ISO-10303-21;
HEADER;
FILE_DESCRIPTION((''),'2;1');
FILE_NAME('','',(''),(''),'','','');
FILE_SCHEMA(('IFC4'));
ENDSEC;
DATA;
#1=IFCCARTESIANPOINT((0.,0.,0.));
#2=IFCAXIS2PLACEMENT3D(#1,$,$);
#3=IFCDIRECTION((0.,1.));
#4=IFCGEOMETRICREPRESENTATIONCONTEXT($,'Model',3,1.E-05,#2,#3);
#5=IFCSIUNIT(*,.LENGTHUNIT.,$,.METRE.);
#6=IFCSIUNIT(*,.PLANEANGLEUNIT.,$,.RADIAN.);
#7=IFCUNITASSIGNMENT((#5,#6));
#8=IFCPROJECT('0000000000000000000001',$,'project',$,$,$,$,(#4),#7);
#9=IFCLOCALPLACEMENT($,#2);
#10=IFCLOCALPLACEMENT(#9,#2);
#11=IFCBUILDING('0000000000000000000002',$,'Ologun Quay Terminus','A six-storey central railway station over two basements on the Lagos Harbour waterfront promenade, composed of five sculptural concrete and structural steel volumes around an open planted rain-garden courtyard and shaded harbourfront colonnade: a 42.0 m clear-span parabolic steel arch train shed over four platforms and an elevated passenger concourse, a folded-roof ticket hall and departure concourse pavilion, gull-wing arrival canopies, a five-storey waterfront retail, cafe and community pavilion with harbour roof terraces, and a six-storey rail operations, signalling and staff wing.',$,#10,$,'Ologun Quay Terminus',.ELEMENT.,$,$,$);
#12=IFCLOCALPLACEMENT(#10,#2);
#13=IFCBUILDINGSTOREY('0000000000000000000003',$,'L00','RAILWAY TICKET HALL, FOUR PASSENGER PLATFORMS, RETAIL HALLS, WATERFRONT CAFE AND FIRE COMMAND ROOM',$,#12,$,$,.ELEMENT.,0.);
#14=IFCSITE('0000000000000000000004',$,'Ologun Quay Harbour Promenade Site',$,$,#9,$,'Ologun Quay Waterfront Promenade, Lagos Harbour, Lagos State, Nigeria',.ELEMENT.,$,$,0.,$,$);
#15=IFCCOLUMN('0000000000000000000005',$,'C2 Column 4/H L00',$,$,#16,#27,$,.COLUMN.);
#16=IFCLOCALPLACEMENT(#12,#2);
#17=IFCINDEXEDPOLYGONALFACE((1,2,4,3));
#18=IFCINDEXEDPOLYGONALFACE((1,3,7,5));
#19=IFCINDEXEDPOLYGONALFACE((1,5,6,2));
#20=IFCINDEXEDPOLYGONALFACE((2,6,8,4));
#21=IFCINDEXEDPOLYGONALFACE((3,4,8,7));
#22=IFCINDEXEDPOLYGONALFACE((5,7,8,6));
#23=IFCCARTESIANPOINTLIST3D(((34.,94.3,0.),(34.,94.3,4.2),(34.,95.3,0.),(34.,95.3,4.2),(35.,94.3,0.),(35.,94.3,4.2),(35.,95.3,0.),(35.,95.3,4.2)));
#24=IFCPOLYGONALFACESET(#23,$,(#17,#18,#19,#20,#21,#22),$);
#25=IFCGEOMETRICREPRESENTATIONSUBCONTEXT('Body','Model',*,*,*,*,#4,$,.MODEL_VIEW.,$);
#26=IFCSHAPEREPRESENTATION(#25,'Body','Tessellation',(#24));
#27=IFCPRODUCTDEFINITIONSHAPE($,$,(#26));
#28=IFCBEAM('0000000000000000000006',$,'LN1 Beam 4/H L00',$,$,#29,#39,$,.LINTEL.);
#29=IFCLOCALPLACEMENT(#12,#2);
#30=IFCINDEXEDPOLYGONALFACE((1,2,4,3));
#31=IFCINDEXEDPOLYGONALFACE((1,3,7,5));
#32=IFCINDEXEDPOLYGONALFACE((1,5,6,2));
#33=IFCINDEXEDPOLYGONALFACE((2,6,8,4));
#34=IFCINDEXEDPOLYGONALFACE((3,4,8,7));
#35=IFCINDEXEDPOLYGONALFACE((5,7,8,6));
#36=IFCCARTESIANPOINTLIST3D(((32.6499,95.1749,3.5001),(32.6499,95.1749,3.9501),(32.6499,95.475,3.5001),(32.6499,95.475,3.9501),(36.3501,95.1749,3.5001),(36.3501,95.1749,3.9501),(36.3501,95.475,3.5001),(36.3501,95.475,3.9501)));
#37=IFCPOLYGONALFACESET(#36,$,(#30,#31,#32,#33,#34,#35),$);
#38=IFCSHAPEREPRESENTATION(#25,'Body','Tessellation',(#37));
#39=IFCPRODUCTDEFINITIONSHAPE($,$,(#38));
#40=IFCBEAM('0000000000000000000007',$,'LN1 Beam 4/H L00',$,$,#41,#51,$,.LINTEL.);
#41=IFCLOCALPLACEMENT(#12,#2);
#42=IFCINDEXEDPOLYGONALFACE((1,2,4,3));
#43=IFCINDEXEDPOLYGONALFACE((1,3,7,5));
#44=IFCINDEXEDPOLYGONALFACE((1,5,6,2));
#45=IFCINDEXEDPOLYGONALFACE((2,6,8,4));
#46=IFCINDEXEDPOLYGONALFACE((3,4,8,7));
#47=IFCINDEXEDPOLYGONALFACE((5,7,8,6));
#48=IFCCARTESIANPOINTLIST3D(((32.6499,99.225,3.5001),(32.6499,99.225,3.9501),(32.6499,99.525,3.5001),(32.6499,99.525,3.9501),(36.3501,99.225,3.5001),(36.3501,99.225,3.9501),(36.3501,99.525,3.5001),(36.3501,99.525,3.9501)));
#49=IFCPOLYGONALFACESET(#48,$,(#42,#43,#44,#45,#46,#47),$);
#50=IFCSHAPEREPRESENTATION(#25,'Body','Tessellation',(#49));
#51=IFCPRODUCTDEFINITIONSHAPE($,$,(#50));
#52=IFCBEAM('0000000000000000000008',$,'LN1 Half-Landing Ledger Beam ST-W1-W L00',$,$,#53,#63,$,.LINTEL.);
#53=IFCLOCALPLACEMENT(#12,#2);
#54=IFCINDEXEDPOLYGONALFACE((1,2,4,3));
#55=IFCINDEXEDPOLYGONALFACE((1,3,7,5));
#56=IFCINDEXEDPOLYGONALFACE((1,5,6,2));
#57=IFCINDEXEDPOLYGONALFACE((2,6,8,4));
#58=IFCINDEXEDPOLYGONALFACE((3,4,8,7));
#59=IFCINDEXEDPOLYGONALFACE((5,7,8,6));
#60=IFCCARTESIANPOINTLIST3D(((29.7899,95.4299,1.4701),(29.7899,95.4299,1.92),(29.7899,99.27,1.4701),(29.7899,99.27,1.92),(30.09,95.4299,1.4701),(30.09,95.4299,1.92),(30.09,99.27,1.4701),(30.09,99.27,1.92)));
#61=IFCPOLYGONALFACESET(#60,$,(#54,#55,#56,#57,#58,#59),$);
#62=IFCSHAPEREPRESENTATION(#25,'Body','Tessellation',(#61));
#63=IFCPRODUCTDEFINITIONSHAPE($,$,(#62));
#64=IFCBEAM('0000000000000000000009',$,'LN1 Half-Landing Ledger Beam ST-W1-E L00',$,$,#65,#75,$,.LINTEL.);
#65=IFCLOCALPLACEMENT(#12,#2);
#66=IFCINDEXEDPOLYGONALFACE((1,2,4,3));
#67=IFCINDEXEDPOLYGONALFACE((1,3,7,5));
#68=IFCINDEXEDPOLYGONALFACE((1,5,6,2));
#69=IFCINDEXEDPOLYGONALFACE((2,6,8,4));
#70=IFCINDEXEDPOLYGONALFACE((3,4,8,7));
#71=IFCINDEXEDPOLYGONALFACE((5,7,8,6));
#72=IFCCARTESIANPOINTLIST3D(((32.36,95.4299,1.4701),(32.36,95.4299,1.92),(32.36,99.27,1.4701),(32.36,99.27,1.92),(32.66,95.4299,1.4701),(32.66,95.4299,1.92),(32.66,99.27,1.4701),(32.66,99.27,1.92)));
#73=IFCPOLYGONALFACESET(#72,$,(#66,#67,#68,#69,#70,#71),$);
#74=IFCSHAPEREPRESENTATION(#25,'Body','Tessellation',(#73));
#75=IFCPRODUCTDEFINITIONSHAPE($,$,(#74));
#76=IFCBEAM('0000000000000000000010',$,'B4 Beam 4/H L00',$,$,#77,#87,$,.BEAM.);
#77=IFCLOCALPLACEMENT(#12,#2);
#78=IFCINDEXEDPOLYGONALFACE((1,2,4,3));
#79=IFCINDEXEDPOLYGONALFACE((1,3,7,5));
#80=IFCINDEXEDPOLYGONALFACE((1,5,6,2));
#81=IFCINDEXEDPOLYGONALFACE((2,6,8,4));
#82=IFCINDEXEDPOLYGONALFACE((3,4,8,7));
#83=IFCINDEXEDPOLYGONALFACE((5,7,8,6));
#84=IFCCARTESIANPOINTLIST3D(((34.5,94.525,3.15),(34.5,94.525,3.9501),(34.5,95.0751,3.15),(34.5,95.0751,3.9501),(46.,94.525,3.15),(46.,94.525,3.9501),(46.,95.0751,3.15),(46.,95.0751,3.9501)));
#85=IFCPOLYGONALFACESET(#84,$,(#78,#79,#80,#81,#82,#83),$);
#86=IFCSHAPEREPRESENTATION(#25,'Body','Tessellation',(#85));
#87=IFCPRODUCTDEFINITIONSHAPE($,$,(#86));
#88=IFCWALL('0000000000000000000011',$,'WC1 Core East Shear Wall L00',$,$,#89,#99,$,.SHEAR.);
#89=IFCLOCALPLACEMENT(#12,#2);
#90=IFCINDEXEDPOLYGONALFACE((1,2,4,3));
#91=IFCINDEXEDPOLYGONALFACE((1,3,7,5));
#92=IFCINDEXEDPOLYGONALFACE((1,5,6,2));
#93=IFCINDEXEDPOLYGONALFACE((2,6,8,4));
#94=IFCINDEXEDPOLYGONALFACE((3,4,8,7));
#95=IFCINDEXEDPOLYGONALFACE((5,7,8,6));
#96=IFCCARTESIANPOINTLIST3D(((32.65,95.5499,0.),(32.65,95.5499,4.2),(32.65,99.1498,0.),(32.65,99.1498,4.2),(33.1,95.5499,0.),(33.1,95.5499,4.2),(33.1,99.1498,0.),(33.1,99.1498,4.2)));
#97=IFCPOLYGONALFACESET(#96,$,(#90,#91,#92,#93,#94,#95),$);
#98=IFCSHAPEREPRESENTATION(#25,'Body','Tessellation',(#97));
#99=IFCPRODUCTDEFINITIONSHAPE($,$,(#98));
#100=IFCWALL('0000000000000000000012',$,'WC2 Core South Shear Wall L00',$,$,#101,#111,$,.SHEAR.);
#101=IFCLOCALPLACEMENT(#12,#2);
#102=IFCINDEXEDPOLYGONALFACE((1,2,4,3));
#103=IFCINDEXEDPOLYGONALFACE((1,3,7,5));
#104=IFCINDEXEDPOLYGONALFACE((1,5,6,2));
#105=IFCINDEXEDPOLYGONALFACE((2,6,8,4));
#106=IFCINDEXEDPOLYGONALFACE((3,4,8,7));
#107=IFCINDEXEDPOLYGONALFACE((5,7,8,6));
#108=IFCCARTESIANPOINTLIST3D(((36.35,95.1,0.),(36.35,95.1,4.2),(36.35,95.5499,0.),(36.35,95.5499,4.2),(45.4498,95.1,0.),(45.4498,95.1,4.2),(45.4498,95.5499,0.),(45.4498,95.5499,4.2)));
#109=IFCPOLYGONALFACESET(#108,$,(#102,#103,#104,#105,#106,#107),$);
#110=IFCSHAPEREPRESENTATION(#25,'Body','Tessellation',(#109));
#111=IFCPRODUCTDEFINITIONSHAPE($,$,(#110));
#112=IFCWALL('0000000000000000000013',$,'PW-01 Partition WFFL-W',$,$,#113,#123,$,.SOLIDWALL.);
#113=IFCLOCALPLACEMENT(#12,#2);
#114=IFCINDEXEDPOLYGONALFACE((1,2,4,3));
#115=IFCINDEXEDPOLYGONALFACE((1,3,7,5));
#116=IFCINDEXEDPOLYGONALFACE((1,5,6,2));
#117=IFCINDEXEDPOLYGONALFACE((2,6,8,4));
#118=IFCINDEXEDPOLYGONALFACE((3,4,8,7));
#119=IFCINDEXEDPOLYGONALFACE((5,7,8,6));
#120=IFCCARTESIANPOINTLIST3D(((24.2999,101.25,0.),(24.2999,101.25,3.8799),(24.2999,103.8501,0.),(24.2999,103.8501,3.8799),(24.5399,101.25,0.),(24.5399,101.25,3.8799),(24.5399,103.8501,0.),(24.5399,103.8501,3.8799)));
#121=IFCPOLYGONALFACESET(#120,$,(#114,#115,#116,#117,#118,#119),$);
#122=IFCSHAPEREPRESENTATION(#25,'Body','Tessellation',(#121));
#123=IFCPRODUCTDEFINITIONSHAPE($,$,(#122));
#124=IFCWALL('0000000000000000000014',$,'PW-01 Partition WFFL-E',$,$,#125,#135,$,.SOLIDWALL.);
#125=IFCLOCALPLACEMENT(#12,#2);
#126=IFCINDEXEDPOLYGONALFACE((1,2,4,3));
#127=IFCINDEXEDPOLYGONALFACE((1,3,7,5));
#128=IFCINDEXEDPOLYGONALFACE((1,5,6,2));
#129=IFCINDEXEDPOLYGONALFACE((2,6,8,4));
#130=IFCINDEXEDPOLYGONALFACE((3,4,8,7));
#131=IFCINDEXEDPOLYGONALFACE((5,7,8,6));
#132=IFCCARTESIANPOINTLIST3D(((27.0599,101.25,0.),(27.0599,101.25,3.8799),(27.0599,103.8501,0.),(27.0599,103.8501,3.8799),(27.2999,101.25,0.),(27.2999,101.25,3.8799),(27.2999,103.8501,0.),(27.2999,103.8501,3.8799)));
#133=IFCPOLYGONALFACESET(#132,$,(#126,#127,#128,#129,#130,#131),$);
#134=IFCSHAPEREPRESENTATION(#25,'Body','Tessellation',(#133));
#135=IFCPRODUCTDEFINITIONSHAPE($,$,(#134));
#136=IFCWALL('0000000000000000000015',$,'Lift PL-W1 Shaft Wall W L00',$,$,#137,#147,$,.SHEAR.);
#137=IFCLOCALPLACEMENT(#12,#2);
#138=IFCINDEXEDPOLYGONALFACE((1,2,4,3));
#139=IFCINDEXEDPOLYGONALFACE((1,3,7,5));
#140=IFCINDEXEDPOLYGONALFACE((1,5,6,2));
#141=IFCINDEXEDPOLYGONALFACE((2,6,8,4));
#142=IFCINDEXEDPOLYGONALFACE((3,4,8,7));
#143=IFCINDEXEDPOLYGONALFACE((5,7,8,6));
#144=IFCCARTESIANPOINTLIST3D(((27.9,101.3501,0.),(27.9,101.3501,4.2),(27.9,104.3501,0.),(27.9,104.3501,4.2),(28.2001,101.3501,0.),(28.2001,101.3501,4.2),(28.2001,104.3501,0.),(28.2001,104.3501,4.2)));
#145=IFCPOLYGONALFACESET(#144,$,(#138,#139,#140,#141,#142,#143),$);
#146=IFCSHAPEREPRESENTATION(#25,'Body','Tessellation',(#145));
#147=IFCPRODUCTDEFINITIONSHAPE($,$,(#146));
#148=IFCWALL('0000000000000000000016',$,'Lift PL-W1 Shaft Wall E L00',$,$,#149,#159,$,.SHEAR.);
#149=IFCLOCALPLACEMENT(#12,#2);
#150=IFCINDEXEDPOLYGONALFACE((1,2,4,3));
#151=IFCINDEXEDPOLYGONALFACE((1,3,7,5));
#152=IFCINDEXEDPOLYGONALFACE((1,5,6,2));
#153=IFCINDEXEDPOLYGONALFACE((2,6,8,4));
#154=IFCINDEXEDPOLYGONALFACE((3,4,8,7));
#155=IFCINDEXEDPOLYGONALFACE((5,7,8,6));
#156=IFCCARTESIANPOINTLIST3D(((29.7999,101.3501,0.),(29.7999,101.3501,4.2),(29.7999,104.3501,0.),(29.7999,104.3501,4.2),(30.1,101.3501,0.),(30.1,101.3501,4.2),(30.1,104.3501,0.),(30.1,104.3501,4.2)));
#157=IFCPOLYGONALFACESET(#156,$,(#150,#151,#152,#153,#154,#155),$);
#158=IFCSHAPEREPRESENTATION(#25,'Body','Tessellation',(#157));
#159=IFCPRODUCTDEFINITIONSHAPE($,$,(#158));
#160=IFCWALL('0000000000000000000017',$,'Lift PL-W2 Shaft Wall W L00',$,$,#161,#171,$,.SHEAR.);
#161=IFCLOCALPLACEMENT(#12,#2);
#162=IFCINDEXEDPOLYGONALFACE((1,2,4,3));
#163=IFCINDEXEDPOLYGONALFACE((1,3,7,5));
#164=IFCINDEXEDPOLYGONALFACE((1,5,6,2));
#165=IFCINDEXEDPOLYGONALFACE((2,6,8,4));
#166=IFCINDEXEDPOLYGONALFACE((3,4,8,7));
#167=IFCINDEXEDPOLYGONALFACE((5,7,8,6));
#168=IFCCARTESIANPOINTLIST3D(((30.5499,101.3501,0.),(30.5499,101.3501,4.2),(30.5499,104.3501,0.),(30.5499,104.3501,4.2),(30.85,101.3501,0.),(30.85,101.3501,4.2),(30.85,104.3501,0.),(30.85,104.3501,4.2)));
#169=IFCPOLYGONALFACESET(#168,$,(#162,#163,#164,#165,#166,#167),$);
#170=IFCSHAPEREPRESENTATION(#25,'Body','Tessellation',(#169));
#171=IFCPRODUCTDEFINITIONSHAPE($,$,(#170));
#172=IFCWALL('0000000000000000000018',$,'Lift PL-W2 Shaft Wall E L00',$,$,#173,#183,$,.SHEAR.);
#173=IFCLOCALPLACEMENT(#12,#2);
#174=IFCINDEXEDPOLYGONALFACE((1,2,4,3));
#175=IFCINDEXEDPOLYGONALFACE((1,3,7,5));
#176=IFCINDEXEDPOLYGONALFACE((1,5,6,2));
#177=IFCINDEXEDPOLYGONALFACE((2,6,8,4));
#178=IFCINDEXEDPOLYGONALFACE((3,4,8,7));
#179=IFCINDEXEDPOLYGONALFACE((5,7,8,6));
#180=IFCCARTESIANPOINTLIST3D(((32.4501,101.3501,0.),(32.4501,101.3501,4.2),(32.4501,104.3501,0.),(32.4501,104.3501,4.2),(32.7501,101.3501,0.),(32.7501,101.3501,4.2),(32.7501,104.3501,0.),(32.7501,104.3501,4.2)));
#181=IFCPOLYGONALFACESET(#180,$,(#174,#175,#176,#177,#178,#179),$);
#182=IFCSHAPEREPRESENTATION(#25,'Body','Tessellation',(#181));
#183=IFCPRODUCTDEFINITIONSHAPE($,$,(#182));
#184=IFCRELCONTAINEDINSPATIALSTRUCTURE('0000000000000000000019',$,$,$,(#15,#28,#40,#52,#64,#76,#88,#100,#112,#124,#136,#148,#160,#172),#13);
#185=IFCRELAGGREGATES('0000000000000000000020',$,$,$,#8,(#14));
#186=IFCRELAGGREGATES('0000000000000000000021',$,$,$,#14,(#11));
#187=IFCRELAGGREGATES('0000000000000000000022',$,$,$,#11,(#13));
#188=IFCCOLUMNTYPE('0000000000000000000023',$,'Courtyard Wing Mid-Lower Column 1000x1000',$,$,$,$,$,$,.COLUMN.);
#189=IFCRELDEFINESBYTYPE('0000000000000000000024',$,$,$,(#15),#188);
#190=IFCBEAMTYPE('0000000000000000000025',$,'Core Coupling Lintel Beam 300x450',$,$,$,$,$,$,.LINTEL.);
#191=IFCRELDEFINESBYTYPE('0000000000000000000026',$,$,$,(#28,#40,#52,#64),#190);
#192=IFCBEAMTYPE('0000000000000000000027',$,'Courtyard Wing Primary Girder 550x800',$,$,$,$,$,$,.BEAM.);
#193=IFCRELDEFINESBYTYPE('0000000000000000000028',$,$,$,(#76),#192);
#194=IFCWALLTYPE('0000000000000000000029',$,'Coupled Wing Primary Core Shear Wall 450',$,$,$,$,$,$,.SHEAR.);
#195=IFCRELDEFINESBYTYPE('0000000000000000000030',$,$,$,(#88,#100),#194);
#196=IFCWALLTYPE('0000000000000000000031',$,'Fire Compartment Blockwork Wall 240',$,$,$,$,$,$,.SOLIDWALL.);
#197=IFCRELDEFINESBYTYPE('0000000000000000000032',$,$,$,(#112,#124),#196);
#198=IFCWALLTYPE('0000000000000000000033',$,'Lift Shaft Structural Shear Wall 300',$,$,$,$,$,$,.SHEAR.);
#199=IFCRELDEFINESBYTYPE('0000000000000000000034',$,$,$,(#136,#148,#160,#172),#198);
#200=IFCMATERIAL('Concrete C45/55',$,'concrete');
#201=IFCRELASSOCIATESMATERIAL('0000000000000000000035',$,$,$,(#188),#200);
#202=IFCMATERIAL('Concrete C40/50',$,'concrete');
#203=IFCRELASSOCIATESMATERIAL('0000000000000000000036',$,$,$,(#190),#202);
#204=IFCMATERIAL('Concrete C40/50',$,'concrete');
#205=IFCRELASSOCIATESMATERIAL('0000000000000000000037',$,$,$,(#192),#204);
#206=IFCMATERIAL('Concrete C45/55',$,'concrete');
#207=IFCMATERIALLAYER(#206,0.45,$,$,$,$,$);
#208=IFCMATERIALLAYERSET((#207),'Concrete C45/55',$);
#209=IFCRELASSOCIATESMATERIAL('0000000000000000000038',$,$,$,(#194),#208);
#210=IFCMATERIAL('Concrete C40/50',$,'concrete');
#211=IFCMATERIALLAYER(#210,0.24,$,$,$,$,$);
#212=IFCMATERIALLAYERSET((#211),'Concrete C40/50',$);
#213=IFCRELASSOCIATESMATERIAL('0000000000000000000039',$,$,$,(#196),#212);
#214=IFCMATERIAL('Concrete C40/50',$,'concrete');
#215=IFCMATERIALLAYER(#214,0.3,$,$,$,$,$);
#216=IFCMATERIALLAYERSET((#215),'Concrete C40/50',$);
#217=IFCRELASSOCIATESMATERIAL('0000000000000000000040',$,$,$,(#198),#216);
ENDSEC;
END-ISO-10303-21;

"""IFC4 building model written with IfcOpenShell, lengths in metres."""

from ifc_helpers import new_model, si_unit, direction, frame, frame_2d, origin, origin_2d, place, context, subcontext, project, spatial, rectangle, extrude, material, layer, layer_set, material_profile, profile_set, type_object, element, save


model = new_model("IFC4")

# Units and contexts
model_context = context("Model", 3, precision=1e-05, world=origin(), true_north=direction((0.0, 1.0)))
body_context = subcontext(model_context, "Body", "Model", "MODEL_VIEW")
ifc_project = project(units=[si_unit("LENGTHUNIT", "METRE"), si_unit("PLANEANGLEUNIT", "RADIAN")], contexts=[model_context])

# Site, building, storey
site_placement = place(None, origin())
site = spatial("IfcSite", under=ifc_project, at=site_placement, Name="Ologun Quay Harbour Promenade Site", LongName="Ologun Quay Waterfront Promenade, Lagos Harbour, Lagos State, Nigeria", CompositionType="ELEMENT", RefElevation=0.0)
building_placement = place(site_placement, origin())
building = spatial("IfcBuilding", under=site, at=building_placement, Name="Ologun Quay Terminus", Description="A six-storey central railway station over two basements on the Lagos Harbour waterfront promenade, composed of five sculptural concrete and structural steel volumes around an open planted rain-garden courtyard and shaded harbourfront colonnade: a 42.0 m clear-span parabolic steel arch train shed over four platforms and an elevated passenger concourse, a folded-roof ticket hall and departure concourse pavilion, gull-wing arrival canopies, a five-storey waterfront retail, cafe and community pavilion with harbour roof terraces, and a six-storey rail operations, signalling and staff wing.", LongName="Ologun Quay Terminus", CompositionType="ELEMENT")
storey_placement = place(building_placement, origin())
storey = spatial("IfcBuildingStorey", under=building, at=storey_placement, Name="L00", Description="RAILWAY TICKET HALL, FOUR PASSENGER PLATFORMS, RETAIL HALLS, WATERFRONT CAFE AND FIRE COMMAND ROOM", CompositionType="ELEMENT", Elevation=0.0)

# Column
ifc_material_1 = material(Name="Concrete C45/55", Category="concrete")
ifc_material_profile_1 = material_profile(ifc_material_1, rectangle(XDim=1.0, YDim=1.0, at=origin_2d()), Name="RC 1000x1000")
ifc_profile_set_1 = profile_set([ifc_material_profile_1], Name="Concrete C45/55")
column_type = type_object("IfcColumnType", Name="Courtyard Wing Mid-Lower Column 1000x1000", PredefinedType="COLUMN", material=ifc_profile_set_1)
column_placement = place(storey_placement, frame((34.5, 94.8, 0.0), z_axis=(0.0, 0.0, 1.0), x_axis=(1.0, 0.0, 0.0)))
element("IfcColumn", 1, at=column_placement, inside=storey, type_object=column_type, Name="C2 Column 4/H L00", PredefinedType="COLUMN", context=body_context, shape_type="SweptSolid", body=[
    extrude(rectangle(XDim=1.0, YDim=1.0, at=origin_2d()), origin(), (0.0, 0.0, 1.0), 4.2),
])

# Beams
ifc_material_2 = material(Name="Concrete C40/50", Category="concrete")
ifc_material_profile_2 = material_profile(ifc_material_2, rectangle(XDim=0.3, YDim=0.45, at=origin_2d()), Name="RC 300x450")
ifc_profile_set_2 = profile_set([ifc_material_profile_2], Name="Concrete C40/50")
beam_type_1 = type_object("IfcBeamType", Name="Core Coupling Lintel Beam 300x450", PredefinedType="LINTEL", material=ifc_profile_set_2)
for number, where, z_axis, x_axis, name in (
    (2, (32.6499, 95.325, 3.7251), (1.0, 0.0, 0.0), (0.0, 1.0, 0.0), "LN1 Beam 4/H L00"),
    (3, (32.6499, 99.375, 3.7251), (1.0, 0.0, 0.0), (0.0, 1.0, 0.0), "LN1 Beam 4/H L00"),
):
    element("IfcBeam", number, at=place(storey_placement, frame(where, z_axis=z_axis, x_axis=x_axis)), inside=storey, type_object=beam_type_1, Name=name, PredefinedType="LINTEL", context=body_context, shape_type="SweptSolid", body=[
        extrude(rectangle(XDim=0.3, YDim=0.45, at=origin_2d()), origin(), (0.0, 0.0, 1.0), 3.7002),
    ])
for number, where, z_axis, x_axis, name in (
    (4, (29.9399, 95.4299, 1.6951), (0.0, 1.0, 0.0), (-1.0, 0.0, 0.0), "LN1 Half-Landing Ledger Beam ST-W1-W L00"),
    (5, (32.51, 95.4299, 1.6951), (0.0, 1.0, 0.0), (-1.0, 0.0, 0.0), "LN1 Half-Landing Ledger Beam ST-W1-E L00"),
):
    element("IfcBeam", number, at=place(storey_placement, frame(where, z_axis=z_axis, x_axis=x_axis)), inside=storey, type_object=beam_type_1, Name=name, PredefinedType="LINTEL", context=body_context, shape_type="SweptSolid", body=[
        extrude(rectangle(XDim=0.3, YDim=0.45, at=origin_2d()), origin(), (0.0, 0.0, 1.0), 3.8401),
    ])
ifc_material_3 = material(Name="Concrete C40/50", Category="concrete")
ifc_material_profile_3 = material_profile(ifc_material_3, rectangle(XDim=0.55, YDim=0.8, at=origin_2d()), Name="RC 550x800")
ifc_profile_set_3 = profile_set([ifc_material_profile_3], Name="Concrete C40/50")
beam_type_2 = type_object("IfcBeamType", Name="Courtyard Wing Primary Girder 550x800", PredefinedType="BEAM", material=ifc_profile_set_3)
beam_placement = place(storey_placement, frame((34.5, 94.8, 3.55), z_axis=(1.0, 0.0, 0.0), x_axis=(0.0, 1.0, 0.0)))
element("IfcBeam", 6, at=beam_placement, inside=storey, type_object=beam_type_2, Name="B4 Beam 4/H L00", PredefinedType="BEAM", context=body_context, shape_type="SweptSolid", body=[
    extrude(rectangle(XDim=0.55, YDim=0.8, at=origin_2d()), origin(), (0.0, 0.0, 1.0), 11.5),
])

# Walls
ifc_material_4 = material(Name="Concrete C45/55", Category="concrete")
ifc_layer_1 = layer(ifc_material_4, 0.45)
ifc_layer_set_1 = layer_set([ifc_layer_1], Name="Concrete C45/55")
wall_type_1 = type_object("IfcWallType", Name="Coupled Wing Primary Core Shear Wall 450", PredefinedType="SHEAR", material=ifc_layer_set_1)
wall_1_placement = place(storey_placement, frame((32.875, 95.55, 0.0), z_axis=(0.0, 0.0, 1.0), x_axis=(0.0, 1.0, 0.0)))
element("IfcWall", 7, at=wall_1_placement, inside=storey, type_object=wall_type_1, Name="WC1 Core East Shear Wall L00", PredefinedType="SHEAR", context=body_context, shape_type="SweptSolid", body=[
    extrude(rectangle(XDim=3.5999, YDim=0.45, at=frame_2d((1.7998, 0.0))), origin(), (0.0, 0.0, 1.0), 4.2),
])
wall_2_placement = place(storey_placement, frame((36.3501, 95.325, 0.0), z_axis=(0.0, 0.0, 1.0), x_axis=(1.0, 0.0, 0.0)))
element("IfcWall", 8, at=wall_2_placement, inside=storey, type_object=wall_type_1, Name="WC2 Core South Shear Wall L00", PredefinedType="SHEAR", context=body_context, shape_type="SweptSolid", body=[
    extrude(rectangle(XDim=9.0999, YDim=0.45, at=frame_2d((4.5498, 0.0))), origin(), (0.0, 0.0, 1.0), 4.2),
])

# Shared definitions
ifc_material_5 = material(Name="Concrete C40/50", Category="concrete")
ifc_layer_2 = layer(ifc_material_5, 0.24)
ifc_layer_set_2 = layer_set([ifc_layer_2], Name="Concrete C40/50")
wall_type_2 = type_object("IfcWallType", Name="Fire Compartment Blockwork Wall 240", PredefinedType="SOLIDWALL", material=ifc_layer_set_2)

# Walls
for number, where, z_axis, x_axis, name in (
    (9, (24.4199, 101.25, 0.0), (0.0, 0.0, 1.0), (0.0, 1.0, 0.0), "PW-01 Partition WFFL-W"),
    (10, (27.1799, 101.25, 0.0), (0.0, 0.0, 1.0), (0.0, 1.0, 0.0), "PW-01 Partition WFFL-E"),
):
    element("IfcWall", number, at=place(storey_placement, frame(where, z_axis=z_axis, x_axis=x_axis)), inside=storey, type_object=wall_type_2, Name=name, PredefinedType="SOLIDWALL", context=body_context, shape_type="SweptSolid", body=[
        extrude(rectangle(XDim=2.6001, YDim=0.24, at=frame_2d((1.3, 0.0))), origin(), (0.0, 0.0, 1.0), 3.8799),
    ])

# Shared definitions
ifc_material_6 = material(Name="Concrete C40/50", Category="concrete")
ifc_layer_3 = layer(ifc_material_6, 0.3)
ifc_layer_set_3 = layer_set([ifc_layer_3], Name="Concrete C40/50")
wall_type_3 = type_object("IfcWallType", Name="Lift Shaft Structural Shear Wall 300", PredefinedType="SHEAR", material=ifc_layer_set_3)

# Walls
for number, where, z_axis, x_axis, name in (
    (11, (28.05, 101.3501, 0.0), (0.0, 0.0, 1.0), (0.0, 1.0, 0.0), "Lift PL-W1 Shaft Wall W L00"),
    (12, (29.95, 101.3501, 0.0), (0.0, 0.0, 1.0), (0.0, 1.0, 0.0), "Lift PL-W1 Shaft Wall E L00"),
):
    element("IfcWall", number, at=place(storey_placement, frame(where, z_axis=z_axis, x_axis=x_axis)), inside=storey, type_object=wall_type_3, Name=name, PredefinedType="SHEAR", context=body_context, shape_type="SweptSolid", body=[
        extrude(rectangle(XDim=3.0, YDim=0.3, at=frame_2d((1.5, 0.0))), origin(), (0.0, 0.0, 1.0), 4.2),
    ])

# Walls
for number, where, z_axis, x_axis, name in (
    (13, (30.7, 101.3501, 0.0), (0.0, 0.0, 1.0), (0.0, 1.0, 0.0), "Lift PL-W2 Shaft Wall W L00"),
    (14, (32.6001, 101.3501, 0.0), (0.0, 0.0, 1.0), (0.0, 1.0, 0.0), "Lift PL-W2 Shaft Wall E L00"),
):
    element("IfcWall", number, at=place(storey_placement, frame(where, z_axis=z_axis, x_axis=x_axis)), inside=storey, type_object=wall_type_3, Name=name, PredefinedType="SHEAR", context=body_context, shape_type="SweptSolid", body=[
        extrude(rectangle(XDim=3.0, YDim=0.3, at=frame_2d((1.5, 0.0))), origin(), (0.0, 0.0, 1.0), 4.2),
    ])

save(model, "model.ifc")
